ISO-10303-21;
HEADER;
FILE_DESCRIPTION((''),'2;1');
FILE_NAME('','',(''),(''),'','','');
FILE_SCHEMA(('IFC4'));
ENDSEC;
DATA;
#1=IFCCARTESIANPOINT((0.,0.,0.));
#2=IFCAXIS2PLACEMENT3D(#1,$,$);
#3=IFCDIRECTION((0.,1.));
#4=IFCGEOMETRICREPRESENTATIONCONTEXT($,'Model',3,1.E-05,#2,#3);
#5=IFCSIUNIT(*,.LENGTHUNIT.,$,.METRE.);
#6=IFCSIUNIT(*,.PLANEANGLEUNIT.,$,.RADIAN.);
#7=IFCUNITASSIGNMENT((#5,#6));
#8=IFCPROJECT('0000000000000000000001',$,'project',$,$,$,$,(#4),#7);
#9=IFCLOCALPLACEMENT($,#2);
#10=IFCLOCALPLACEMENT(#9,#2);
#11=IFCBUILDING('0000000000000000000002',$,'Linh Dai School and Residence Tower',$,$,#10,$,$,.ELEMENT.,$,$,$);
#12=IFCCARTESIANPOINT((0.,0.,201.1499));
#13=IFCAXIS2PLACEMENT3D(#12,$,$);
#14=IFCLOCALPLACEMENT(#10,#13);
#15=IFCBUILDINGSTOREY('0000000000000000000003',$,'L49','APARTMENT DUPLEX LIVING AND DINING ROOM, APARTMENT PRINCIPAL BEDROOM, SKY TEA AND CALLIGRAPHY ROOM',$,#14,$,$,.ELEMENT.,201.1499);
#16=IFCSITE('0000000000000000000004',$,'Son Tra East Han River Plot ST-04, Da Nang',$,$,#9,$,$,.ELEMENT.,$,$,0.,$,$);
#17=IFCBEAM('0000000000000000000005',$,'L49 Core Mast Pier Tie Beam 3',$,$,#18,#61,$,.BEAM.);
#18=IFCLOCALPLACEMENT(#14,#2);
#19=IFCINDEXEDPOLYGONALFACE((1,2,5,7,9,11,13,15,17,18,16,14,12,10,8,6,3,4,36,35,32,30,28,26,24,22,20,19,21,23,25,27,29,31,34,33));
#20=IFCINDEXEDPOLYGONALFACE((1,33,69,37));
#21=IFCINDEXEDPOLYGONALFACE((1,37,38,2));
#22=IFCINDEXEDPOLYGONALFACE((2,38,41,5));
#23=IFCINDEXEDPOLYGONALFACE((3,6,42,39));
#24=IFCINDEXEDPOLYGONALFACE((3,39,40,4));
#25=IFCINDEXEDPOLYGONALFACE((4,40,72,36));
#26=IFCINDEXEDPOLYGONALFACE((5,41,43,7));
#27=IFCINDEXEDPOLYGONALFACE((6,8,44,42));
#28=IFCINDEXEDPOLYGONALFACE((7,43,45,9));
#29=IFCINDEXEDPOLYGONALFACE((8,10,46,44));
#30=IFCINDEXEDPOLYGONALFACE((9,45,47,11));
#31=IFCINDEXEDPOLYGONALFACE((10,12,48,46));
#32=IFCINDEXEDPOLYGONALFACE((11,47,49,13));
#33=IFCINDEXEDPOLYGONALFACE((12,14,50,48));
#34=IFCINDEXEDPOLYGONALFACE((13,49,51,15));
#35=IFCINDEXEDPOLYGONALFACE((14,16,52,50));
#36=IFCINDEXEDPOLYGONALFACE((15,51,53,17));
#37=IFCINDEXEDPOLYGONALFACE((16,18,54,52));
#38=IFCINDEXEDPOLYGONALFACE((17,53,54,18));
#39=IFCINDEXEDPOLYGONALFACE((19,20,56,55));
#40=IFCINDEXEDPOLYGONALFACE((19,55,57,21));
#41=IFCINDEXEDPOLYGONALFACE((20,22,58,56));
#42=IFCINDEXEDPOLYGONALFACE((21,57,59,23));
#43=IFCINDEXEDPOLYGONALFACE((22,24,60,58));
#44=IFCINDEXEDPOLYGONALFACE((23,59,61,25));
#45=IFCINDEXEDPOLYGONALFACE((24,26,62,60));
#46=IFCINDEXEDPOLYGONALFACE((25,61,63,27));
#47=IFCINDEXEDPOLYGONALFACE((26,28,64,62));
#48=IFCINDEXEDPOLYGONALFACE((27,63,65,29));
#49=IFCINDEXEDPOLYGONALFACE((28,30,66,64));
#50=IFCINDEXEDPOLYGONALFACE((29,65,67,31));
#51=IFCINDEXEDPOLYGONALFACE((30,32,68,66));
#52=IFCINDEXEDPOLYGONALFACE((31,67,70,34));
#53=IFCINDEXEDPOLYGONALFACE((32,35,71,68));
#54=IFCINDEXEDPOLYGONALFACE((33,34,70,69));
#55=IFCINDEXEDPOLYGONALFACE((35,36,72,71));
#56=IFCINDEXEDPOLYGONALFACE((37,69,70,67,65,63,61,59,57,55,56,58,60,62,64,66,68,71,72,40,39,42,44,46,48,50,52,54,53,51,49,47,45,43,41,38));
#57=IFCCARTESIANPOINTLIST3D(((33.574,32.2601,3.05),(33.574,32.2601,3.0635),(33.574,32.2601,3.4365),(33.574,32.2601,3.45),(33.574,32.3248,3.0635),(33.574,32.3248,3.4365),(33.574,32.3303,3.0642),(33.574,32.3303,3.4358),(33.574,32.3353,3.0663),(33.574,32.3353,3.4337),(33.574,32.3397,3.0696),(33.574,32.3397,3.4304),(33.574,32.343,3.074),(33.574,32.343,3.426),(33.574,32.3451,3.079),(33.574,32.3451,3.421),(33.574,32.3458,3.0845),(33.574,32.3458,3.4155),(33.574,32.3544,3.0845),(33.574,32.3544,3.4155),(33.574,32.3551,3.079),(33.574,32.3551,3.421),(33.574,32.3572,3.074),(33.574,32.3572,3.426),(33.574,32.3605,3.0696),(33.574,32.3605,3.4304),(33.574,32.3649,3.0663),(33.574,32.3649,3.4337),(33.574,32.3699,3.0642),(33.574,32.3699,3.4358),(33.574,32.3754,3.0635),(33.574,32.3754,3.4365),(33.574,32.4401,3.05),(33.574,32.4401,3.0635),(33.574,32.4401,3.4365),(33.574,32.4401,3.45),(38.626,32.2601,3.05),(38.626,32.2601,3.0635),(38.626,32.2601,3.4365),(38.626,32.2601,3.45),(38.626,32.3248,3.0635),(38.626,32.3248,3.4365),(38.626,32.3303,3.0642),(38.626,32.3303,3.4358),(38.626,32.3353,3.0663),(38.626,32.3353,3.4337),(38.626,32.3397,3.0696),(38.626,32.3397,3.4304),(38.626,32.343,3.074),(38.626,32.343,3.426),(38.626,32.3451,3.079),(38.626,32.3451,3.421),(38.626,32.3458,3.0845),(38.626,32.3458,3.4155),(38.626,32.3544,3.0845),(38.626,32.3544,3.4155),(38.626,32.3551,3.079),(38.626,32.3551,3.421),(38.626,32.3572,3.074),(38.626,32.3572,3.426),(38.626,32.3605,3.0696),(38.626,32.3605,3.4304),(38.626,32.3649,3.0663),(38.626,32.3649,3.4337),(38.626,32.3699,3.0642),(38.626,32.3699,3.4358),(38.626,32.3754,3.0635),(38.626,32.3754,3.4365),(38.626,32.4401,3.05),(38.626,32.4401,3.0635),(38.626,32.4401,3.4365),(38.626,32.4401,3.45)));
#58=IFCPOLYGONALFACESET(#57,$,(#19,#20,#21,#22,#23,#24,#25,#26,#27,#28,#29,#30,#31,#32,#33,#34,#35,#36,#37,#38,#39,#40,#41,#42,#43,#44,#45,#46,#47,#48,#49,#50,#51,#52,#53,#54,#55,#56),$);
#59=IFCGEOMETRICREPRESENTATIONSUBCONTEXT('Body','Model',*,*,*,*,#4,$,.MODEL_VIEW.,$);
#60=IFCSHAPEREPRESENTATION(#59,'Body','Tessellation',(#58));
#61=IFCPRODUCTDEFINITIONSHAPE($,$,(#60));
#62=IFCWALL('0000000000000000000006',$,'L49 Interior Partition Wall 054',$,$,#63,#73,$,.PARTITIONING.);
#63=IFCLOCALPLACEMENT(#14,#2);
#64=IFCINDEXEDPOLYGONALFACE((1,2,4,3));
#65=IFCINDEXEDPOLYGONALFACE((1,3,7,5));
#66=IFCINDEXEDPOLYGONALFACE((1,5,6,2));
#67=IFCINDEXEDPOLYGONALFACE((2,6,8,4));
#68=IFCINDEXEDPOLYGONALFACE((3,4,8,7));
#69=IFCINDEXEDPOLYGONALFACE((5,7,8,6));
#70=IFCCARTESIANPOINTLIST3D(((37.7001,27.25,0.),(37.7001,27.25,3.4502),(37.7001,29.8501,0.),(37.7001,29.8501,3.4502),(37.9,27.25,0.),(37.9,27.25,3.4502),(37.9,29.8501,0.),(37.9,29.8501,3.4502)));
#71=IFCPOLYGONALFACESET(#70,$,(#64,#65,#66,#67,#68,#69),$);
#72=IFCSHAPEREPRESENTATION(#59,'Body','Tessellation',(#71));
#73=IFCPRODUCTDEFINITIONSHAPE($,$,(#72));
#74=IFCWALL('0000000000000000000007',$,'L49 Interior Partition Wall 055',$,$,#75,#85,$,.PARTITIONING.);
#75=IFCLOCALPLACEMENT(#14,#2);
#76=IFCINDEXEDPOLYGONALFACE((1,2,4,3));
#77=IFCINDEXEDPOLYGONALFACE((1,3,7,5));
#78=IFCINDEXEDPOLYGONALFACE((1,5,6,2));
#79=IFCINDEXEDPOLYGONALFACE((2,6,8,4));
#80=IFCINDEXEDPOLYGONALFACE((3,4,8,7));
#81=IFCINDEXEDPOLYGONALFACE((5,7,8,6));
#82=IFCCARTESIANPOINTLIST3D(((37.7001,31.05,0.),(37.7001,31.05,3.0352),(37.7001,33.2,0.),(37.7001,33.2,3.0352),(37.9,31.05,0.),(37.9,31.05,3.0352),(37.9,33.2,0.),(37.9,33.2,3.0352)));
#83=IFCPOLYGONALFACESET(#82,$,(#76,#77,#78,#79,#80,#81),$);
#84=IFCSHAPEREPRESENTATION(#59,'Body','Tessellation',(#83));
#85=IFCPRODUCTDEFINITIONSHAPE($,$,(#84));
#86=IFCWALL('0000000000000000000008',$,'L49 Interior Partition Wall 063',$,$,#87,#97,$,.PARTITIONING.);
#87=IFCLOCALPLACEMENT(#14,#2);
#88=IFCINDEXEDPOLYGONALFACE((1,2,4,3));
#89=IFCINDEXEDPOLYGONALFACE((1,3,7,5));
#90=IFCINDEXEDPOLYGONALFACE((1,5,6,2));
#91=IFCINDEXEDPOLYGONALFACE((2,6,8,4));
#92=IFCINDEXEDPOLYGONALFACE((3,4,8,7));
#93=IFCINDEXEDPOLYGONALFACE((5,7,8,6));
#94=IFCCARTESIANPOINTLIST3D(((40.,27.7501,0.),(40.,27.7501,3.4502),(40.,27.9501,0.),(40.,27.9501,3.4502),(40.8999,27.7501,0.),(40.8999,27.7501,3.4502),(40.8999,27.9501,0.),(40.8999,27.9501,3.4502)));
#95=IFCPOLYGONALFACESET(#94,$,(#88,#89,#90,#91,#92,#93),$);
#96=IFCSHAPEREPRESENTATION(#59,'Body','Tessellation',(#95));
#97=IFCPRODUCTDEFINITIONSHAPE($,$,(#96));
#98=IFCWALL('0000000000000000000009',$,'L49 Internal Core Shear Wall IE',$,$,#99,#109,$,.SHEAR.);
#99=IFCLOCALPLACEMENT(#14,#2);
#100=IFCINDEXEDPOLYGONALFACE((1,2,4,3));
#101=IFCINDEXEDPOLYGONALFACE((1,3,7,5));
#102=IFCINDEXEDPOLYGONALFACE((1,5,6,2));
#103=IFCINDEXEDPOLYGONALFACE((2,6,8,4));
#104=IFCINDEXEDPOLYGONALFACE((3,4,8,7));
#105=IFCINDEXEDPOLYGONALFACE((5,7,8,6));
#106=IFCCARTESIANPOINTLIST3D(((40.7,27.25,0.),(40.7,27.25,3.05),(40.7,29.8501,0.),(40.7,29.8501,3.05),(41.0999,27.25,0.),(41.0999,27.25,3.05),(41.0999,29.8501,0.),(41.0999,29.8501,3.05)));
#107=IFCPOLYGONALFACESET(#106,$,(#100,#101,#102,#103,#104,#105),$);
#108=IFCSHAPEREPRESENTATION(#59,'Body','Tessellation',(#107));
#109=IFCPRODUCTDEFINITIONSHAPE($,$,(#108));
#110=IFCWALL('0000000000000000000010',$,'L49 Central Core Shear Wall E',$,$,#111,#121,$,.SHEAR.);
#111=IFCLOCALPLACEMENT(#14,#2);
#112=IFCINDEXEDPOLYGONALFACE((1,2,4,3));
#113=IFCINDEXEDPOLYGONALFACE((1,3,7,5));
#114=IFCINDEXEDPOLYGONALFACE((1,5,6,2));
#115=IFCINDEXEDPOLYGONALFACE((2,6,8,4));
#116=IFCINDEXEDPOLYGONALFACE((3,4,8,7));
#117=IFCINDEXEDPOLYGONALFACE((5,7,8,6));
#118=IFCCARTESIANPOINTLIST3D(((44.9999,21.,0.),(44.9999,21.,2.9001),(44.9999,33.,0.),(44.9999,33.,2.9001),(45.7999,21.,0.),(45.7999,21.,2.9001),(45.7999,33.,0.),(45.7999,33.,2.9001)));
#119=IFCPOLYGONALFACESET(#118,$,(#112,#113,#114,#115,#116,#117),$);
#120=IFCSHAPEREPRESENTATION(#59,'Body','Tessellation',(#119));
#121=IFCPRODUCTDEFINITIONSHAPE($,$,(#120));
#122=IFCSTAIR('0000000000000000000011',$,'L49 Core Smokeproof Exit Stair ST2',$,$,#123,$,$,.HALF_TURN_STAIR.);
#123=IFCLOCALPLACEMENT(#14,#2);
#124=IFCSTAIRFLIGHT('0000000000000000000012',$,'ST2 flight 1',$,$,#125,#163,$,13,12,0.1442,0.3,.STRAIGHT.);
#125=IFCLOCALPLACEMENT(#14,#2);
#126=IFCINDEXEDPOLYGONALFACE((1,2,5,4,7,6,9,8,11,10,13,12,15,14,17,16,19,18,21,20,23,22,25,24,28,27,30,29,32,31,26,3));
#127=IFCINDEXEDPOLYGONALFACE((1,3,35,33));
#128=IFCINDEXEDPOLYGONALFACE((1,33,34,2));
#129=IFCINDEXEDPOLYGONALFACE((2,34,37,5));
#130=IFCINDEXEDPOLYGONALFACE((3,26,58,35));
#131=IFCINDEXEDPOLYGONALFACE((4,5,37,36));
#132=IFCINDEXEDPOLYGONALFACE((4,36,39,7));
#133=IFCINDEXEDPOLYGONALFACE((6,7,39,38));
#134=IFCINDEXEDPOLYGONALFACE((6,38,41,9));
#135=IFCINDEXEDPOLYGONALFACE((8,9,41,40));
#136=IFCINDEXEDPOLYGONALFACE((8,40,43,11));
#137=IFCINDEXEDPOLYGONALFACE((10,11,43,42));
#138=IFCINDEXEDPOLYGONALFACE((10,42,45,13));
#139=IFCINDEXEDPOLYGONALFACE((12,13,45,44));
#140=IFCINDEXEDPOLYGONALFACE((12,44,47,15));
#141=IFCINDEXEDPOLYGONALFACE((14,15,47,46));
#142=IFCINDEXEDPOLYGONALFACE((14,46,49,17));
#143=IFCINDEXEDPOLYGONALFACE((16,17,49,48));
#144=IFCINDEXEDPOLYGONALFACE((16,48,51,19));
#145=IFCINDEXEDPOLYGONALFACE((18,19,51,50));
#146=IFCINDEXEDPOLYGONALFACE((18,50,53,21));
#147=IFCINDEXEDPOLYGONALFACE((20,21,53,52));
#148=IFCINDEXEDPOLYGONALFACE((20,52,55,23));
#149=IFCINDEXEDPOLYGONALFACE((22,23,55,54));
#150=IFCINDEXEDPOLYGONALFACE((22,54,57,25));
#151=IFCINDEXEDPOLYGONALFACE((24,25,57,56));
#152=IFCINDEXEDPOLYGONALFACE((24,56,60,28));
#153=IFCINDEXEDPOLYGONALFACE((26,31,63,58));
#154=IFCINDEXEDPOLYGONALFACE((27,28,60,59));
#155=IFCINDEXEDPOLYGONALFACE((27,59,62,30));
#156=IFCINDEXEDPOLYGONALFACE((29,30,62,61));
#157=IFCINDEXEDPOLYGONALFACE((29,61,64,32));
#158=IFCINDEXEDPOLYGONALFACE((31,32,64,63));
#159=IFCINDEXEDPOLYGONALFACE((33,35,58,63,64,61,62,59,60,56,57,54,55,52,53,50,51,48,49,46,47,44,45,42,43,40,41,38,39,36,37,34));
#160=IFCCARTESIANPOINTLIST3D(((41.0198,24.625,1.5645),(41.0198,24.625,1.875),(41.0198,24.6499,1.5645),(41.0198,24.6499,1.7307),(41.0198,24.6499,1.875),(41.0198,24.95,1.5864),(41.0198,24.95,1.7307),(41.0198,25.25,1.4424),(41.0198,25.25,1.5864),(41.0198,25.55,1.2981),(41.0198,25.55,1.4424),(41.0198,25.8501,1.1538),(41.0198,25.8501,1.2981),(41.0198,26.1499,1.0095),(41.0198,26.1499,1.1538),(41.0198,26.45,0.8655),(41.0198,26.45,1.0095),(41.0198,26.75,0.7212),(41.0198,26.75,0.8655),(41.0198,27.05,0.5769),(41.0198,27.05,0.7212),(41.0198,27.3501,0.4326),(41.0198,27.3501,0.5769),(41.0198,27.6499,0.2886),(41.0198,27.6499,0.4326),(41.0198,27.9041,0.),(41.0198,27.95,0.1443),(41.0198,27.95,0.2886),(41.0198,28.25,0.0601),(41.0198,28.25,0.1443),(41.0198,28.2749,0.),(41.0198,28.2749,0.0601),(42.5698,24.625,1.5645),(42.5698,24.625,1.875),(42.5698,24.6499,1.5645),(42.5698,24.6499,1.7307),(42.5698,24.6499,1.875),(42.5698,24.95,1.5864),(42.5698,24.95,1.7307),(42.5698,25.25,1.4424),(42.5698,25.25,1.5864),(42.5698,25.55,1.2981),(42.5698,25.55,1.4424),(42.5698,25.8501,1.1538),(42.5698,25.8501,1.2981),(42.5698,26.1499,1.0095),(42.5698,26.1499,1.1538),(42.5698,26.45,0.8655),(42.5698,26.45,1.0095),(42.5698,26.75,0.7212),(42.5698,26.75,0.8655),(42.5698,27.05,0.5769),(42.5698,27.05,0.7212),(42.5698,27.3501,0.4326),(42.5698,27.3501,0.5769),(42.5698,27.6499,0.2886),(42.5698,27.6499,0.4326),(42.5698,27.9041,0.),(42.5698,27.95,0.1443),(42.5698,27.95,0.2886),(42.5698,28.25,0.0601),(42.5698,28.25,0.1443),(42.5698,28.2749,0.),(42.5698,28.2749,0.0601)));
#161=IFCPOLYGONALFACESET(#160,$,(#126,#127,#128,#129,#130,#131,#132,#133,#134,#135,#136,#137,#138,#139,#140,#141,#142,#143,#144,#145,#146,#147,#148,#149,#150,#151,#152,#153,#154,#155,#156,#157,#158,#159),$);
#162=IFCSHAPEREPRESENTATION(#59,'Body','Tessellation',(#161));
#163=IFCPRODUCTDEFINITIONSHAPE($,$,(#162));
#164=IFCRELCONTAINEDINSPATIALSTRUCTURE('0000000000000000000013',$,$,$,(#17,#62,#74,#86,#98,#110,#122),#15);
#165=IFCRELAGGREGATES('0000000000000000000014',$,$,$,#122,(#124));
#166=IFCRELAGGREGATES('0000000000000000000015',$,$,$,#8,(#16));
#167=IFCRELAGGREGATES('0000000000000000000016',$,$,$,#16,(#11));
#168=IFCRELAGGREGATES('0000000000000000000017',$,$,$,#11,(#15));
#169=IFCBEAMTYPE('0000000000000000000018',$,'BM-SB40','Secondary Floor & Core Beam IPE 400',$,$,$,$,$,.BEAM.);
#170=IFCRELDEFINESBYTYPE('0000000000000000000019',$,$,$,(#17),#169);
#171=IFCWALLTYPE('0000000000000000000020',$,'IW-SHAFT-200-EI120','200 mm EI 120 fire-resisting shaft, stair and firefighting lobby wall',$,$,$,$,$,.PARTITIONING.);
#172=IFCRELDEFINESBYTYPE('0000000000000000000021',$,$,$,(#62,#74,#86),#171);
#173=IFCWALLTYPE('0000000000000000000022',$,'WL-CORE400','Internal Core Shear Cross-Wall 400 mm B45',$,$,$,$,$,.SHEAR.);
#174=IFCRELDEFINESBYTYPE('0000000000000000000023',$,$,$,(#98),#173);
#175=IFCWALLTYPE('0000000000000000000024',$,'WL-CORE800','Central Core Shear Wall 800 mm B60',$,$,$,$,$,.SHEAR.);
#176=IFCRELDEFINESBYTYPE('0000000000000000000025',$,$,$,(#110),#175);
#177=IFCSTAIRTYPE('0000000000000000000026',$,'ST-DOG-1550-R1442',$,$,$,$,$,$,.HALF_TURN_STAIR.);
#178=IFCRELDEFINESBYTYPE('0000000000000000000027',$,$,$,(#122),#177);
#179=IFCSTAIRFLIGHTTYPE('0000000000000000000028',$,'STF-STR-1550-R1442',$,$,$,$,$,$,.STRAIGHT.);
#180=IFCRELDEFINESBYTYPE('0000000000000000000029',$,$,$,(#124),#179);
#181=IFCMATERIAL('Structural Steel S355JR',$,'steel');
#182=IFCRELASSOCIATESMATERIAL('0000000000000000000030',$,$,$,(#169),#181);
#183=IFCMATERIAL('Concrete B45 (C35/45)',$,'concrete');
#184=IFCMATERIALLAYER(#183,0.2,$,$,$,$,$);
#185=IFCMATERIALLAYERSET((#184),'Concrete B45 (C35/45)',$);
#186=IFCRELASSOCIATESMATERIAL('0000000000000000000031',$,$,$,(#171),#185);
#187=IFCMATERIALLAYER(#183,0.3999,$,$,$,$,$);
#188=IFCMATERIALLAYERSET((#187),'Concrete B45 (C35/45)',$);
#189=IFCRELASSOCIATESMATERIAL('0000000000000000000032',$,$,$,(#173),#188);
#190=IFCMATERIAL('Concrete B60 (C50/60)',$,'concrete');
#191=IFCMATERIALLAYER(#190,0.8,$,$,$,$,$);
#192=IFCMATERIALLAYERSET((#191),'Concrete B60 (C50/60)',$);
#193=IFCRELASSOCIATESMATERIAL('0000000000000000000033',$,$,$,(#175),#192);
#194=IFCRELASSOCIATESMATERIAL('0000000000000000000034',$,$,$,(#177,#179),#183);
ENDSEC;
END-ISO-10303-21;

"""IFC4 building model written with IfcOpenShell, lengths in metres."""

from ifc_helpers import new_model, si_unit, direction, frame, frame_2d, origin, origin_2d, place, context, subcontext, project, spatial, polyline, rectangle, i_section, outline, extrude, source, transform, mapped, material, layer, layer_set, material_profile, profile_set, type_object, element, aggregate, save


model = new_model("IFC4")

# Units and contexts
model_context = context("Model", 3, precision=1e-05, world=origin(), true_north=direction((0.0, 1.0)))
body_context = subcontext(model_context, "Body", "Model", "MODEL_VIEW")
ifc_project = project(units=[si_unit("LENGTHUNIT", "METRE"), si_unit("PLANEANGLEUNIT", "RADIAN")], contexts=[model_context])

# Site, building, storey
site_placement = place(None, origin())
site = spatial("IfcSite", under=ifc_project, at=site_placement, Name="Son Tra East Han River Plot ST-04, Da Nang", CompositionType="ELEMENT", RefElevation=0.0)
building_placement = place(site_placement, origin())
building = spatial("IfcBuilding", under=site, at=building_placement, Name="Linh Dai School and Residence Tower", CompositionType="ELEMENT")
storey_placement = place(building_placement, frame((0.0, 0.0, 201.1499)))
storey = spatial("IfcBuildingStorey", under=building, at=storey_placement, Name="L49", Description="APARTMENT DUPLEX LIVING AND DINING ROOM, APARTMENT PRINCIPAL BEDROOM, SKY TEA AND CALLIGRAPHY ROOM", CompositionType="ELEMENT", Elevation=201.1499)

# Shared definitions
ifc_material_1 = material(Name="Structural Steel S355JR", Category="steel")

# Beam
ifc_material_profile_1 = material_profile(ifc_material_1, i_section(OverallWidth=0.1799, OverallDepth=0.3999, WebThickness=0.0085, FlangeThickness=0.0134, FilletRadius=0.021, at=origin_2d()), Name="IPE 400")
ifc_profile_set_1 = profile_set([ifc_material_profile_1], Name="Structural Steel S355JR")
beam_type_1 = type_object("IfcBeamType", Name="BM-SB40", Description="Secondary Floor & Core Beam IPE 400", PredefinedType="BEAM", material=ifc_profile_set_1)
beam_1_placement = place(storey_placement, frame((38.626, 32.3501, 3.25), z_axis=(-1.0, 0.0, 0.0), x_axis=(0.0, -1.0, 0.0)))
element("IfcBeam", 1, at=beam_1_placement, inside=storey, type_object=beam_type_1, Name="L49 Core Mast Pier Tie Beam 3", PredefinedType="BEAM", context=body_context, shape_type="SweptSolid", body=[
    extrude(i_section(OverallWidth=0.1799, OverallDepth=0.3999, WebThickness=0.0085, FlangeThickness=0.0134, FilletRadius=0.021, at=origin_2d()), origin(), (0.0, 0.0, 1.0), 5.052),
])

# Walls
ifc_material_2 = material(Name="Concrete B45 (C35/45)", Category="concrete")
ifc_layer_1 = layer(ifc_material_2, 0.2)
ifc_layer_set_1 = layer_set([ifc_layer_1], Name="Concrete B45 (C35/45)")
wall_type_1 = type_object("IfcWallType", Name="IW-SHAFT-200-EI120", Description="200 mm EI 120 fire-resisting shaft, stair and firefighting lobby wall", PredefinedType="PARTITIONING", material=ifc_layer_set_1)
wall_1_placement = place(storey_placement, frame((37.8, 27.25, 0.0), z_axis=(0.0, 0.0, 1.0), x_axis=(0.0, 1.0, 0.0)))
element("IfcWall", 2, at=wall_1_placement, inside=storey, type_object=wall_type_1, Name="L49 Interior Partition Wall 054", PredefinedType="PARTITIONING", context=body_context, shape_type="SweptSolid", body=[
    extrude(rectangle(XDim=2.6001, YDim=0.2, at=frame_2d((1.3, 0.0))), origin(), (0.0, 0.0, 1.0), 3.4502),
])
wall_2_placement = place(storey_placement, frame((37.8, 31.05, 0.0), z_axis=(0.0, 0.0, 1.0), x_axis=(0.0, 1.0, 0.0)))
element("IfcWall", 3, at=wall_2_placement, inside=storey, type_object=wall_type_1, Name="L49 Interior Partition Wall 055", PredefinedType="PARTITIONING", context=body_context, shape_type="SweptSolid", body=[
    extrude(rectangle(XDim=2.1499, YDim=0.2, at=frame_2d((1.075, 0.0))), origin(), (0.0, 0.0, 1.0), 3.0352),
])
wall_3_placement = place(storey_placement, frame((40.0, 27.8501, 0.0), z_axis=(0.0, 0.0, 1.0), x_axis=(1.0, 0.0, 0.0)))
element("IfcWall", 4, at=wall_3_placement, inside=storey, type_object=wall_type_1, Name="L49 Interior Partition Wall 063", PredefinedType="PARTITIONING", context=body_context, shape_type="SweptSolid", body=[
    extrude(rectangle(XDim=0.8999, YDim=0.2, at=frame_2d((0.45, 0.0))), origin(), (0.0, 0.0, 1.0), 3.4502),
])
ifc_layer_2 = layer(ifc_material_2, 0.3999)
ifc_layer_set_2 = layer_set([ifc_layer_2], Name="Concrete B45 (C35/45)")
wall_type_2 = type_object("IfcWallType", Name="WL-CORE400", Description="Internal Core Shear Cross-Wall 400 mm B45", PredefinedType="SHEAR", material=ifc_layer_set_2)
wall_4_placement = place(storey_placement, frame((40.8999, 27.25, 0.0), z_axis=(0.0, 0.0, 1.0), x_axis=(0.0, 1.0, 0.0)))
element("IfcWall", 5, at=wall_4_placement, inside=storey, type_object=wall_type_2, Name="L49 Internal Core Shear Wall IE", PredefinedType="SHEAR", context=body_context, shape_type="SweptSolid", body=[
    extrude(rectangle(XDim=2.6001, YDim=0.3999, at=frame_2d((1.3, 0.0))), origin(), (0.0, 0.0, 1.0), 3.05),
])
ifc_material_3 = material(Name="Concrete B60 (C50/60)", Category="concrete")
ifc_layer_3 = layer(ifc_material_3, 0.8)
ifc_layer_set_3 = layer_set([ifc_layer_3], Name="Concrete B60 (C50/60)")
wall_type_3 = type_object("IfcWallType", Name="WL-CORE800", Description="Central Core Shear Wall 800 mm B60", PredefinedType="SHEAR", material=ifc_layer_set_3)
wall_5_placement = place(storey_placement, frame((45.3999, 33.0, 0.0), z_axis=(0.0, 0.0, 1.0), x_axis=(0.0, -1.0, 0.0)))
element("IfcWall", 6, at=wall_5_placement, inside=storey, type_object=wall_type_3, Name="L49 Central Core Shear Wall E", PredefinedType="SHEAR", context=body_context, shape_type="SweptSolid", body=[
    extrude(rectangle(XDim=12.0, YDim=0.8, at=frame_2d((6.0, 0.0))), origin(), (0.0, 0.0, 1.0), 2.9001),
])

# Stair, stair flight
stair_type = type_object("IfcStairType", Name="ST-DOG-1550-R1442", PredefinedType="HALF_TURN_STAIR", material=ifc_material_2)
stair_placement = place(storey_placement, origin())
stair = element("IfcStair", 7, at=stair_placement, inside=storey, type_object=stair_type, Name="L49 Core Smokeproof Exit Stair ST2", PredefinedType="HALF_TURN_STAIR")
stair_flight_type = type_object("IfcStairFlightType", Name="STF-STR-1550-R1442", PredefinedType="STRAIGHT", material=ifc_material_2)
shared_shape_1 = source(origin(), body_context, "Body", "SweptSolid", [
    extrude(outline(polyline([(-0.0249, 0.0), (-0.0249, 0.0601), (0.0, 0.0601), (0.0, 0.1443), (0.3, 0.1443), (0.3, 0.2886), (0.6001, 0.2886), (0.6001, 0.4326), (0.8999, 0.4326), (0.8999, 0.5769), (1.2, 0.5769), (1.2, 0.7212), (1.5, 0.7212), (1.5, 0.8655), (1.8, 0.8655), (1.8, 1.0095), (2.1001, 1.0095), (2.1001, 1.1538), (2.3999, 1.1538), (2.3999, 1.2981), (2.7, 1.2981), (2.7, 1.4424), (3.0, 1.4424), (3.0, 1.5864), (3.3, 1.5864), (3.3, 1.7307), (3.6001, 1.7307), (3.6001, 1.875), (3.625, 1.875), (3.625, 1.5645), (3.6001, 1.5645), (0.3459, 0.0), (-0.0249, 0.0)])), frame((0.0, 0.7749, 0.0), z_axis=(0.0, -1.0, 0.0), x_axis=(1.0, 0.0, 0.0)), (0.0, 0.0, 1.0), 1.55),
])
stair_flight_placement = place(storey_placement, frame((41.7949, 28.25, 0.0), z_axis=(0.0, 0.0, 1.0), x_axis=(0.0, -1.0, 0.0)))
stair_flight = element("IfcStairFlight", 8, at=stair_flight_placement, type_object=stair_flight_type, Name="ST2 flight 1", NumberOfRisers=13, NumberOfTreads=12, PredefinedType="STRAIGHT", RiserHeight=0.1442, TreadLength=0.3, context=body_context, shape_type="MappedRepresentation", body=[
    mapped(shared_shape_1, transform((0.0, 0.0, 0.0), x_axis=(1.0, 0.0, 0.0), y_axis=(0.0, 1.0, 0.0), z_axis=(0.0, 0.0, 1.0), scale=1.0)),
])
aggregate(stair, [stair_flight])

save(model, "model.ifc")
